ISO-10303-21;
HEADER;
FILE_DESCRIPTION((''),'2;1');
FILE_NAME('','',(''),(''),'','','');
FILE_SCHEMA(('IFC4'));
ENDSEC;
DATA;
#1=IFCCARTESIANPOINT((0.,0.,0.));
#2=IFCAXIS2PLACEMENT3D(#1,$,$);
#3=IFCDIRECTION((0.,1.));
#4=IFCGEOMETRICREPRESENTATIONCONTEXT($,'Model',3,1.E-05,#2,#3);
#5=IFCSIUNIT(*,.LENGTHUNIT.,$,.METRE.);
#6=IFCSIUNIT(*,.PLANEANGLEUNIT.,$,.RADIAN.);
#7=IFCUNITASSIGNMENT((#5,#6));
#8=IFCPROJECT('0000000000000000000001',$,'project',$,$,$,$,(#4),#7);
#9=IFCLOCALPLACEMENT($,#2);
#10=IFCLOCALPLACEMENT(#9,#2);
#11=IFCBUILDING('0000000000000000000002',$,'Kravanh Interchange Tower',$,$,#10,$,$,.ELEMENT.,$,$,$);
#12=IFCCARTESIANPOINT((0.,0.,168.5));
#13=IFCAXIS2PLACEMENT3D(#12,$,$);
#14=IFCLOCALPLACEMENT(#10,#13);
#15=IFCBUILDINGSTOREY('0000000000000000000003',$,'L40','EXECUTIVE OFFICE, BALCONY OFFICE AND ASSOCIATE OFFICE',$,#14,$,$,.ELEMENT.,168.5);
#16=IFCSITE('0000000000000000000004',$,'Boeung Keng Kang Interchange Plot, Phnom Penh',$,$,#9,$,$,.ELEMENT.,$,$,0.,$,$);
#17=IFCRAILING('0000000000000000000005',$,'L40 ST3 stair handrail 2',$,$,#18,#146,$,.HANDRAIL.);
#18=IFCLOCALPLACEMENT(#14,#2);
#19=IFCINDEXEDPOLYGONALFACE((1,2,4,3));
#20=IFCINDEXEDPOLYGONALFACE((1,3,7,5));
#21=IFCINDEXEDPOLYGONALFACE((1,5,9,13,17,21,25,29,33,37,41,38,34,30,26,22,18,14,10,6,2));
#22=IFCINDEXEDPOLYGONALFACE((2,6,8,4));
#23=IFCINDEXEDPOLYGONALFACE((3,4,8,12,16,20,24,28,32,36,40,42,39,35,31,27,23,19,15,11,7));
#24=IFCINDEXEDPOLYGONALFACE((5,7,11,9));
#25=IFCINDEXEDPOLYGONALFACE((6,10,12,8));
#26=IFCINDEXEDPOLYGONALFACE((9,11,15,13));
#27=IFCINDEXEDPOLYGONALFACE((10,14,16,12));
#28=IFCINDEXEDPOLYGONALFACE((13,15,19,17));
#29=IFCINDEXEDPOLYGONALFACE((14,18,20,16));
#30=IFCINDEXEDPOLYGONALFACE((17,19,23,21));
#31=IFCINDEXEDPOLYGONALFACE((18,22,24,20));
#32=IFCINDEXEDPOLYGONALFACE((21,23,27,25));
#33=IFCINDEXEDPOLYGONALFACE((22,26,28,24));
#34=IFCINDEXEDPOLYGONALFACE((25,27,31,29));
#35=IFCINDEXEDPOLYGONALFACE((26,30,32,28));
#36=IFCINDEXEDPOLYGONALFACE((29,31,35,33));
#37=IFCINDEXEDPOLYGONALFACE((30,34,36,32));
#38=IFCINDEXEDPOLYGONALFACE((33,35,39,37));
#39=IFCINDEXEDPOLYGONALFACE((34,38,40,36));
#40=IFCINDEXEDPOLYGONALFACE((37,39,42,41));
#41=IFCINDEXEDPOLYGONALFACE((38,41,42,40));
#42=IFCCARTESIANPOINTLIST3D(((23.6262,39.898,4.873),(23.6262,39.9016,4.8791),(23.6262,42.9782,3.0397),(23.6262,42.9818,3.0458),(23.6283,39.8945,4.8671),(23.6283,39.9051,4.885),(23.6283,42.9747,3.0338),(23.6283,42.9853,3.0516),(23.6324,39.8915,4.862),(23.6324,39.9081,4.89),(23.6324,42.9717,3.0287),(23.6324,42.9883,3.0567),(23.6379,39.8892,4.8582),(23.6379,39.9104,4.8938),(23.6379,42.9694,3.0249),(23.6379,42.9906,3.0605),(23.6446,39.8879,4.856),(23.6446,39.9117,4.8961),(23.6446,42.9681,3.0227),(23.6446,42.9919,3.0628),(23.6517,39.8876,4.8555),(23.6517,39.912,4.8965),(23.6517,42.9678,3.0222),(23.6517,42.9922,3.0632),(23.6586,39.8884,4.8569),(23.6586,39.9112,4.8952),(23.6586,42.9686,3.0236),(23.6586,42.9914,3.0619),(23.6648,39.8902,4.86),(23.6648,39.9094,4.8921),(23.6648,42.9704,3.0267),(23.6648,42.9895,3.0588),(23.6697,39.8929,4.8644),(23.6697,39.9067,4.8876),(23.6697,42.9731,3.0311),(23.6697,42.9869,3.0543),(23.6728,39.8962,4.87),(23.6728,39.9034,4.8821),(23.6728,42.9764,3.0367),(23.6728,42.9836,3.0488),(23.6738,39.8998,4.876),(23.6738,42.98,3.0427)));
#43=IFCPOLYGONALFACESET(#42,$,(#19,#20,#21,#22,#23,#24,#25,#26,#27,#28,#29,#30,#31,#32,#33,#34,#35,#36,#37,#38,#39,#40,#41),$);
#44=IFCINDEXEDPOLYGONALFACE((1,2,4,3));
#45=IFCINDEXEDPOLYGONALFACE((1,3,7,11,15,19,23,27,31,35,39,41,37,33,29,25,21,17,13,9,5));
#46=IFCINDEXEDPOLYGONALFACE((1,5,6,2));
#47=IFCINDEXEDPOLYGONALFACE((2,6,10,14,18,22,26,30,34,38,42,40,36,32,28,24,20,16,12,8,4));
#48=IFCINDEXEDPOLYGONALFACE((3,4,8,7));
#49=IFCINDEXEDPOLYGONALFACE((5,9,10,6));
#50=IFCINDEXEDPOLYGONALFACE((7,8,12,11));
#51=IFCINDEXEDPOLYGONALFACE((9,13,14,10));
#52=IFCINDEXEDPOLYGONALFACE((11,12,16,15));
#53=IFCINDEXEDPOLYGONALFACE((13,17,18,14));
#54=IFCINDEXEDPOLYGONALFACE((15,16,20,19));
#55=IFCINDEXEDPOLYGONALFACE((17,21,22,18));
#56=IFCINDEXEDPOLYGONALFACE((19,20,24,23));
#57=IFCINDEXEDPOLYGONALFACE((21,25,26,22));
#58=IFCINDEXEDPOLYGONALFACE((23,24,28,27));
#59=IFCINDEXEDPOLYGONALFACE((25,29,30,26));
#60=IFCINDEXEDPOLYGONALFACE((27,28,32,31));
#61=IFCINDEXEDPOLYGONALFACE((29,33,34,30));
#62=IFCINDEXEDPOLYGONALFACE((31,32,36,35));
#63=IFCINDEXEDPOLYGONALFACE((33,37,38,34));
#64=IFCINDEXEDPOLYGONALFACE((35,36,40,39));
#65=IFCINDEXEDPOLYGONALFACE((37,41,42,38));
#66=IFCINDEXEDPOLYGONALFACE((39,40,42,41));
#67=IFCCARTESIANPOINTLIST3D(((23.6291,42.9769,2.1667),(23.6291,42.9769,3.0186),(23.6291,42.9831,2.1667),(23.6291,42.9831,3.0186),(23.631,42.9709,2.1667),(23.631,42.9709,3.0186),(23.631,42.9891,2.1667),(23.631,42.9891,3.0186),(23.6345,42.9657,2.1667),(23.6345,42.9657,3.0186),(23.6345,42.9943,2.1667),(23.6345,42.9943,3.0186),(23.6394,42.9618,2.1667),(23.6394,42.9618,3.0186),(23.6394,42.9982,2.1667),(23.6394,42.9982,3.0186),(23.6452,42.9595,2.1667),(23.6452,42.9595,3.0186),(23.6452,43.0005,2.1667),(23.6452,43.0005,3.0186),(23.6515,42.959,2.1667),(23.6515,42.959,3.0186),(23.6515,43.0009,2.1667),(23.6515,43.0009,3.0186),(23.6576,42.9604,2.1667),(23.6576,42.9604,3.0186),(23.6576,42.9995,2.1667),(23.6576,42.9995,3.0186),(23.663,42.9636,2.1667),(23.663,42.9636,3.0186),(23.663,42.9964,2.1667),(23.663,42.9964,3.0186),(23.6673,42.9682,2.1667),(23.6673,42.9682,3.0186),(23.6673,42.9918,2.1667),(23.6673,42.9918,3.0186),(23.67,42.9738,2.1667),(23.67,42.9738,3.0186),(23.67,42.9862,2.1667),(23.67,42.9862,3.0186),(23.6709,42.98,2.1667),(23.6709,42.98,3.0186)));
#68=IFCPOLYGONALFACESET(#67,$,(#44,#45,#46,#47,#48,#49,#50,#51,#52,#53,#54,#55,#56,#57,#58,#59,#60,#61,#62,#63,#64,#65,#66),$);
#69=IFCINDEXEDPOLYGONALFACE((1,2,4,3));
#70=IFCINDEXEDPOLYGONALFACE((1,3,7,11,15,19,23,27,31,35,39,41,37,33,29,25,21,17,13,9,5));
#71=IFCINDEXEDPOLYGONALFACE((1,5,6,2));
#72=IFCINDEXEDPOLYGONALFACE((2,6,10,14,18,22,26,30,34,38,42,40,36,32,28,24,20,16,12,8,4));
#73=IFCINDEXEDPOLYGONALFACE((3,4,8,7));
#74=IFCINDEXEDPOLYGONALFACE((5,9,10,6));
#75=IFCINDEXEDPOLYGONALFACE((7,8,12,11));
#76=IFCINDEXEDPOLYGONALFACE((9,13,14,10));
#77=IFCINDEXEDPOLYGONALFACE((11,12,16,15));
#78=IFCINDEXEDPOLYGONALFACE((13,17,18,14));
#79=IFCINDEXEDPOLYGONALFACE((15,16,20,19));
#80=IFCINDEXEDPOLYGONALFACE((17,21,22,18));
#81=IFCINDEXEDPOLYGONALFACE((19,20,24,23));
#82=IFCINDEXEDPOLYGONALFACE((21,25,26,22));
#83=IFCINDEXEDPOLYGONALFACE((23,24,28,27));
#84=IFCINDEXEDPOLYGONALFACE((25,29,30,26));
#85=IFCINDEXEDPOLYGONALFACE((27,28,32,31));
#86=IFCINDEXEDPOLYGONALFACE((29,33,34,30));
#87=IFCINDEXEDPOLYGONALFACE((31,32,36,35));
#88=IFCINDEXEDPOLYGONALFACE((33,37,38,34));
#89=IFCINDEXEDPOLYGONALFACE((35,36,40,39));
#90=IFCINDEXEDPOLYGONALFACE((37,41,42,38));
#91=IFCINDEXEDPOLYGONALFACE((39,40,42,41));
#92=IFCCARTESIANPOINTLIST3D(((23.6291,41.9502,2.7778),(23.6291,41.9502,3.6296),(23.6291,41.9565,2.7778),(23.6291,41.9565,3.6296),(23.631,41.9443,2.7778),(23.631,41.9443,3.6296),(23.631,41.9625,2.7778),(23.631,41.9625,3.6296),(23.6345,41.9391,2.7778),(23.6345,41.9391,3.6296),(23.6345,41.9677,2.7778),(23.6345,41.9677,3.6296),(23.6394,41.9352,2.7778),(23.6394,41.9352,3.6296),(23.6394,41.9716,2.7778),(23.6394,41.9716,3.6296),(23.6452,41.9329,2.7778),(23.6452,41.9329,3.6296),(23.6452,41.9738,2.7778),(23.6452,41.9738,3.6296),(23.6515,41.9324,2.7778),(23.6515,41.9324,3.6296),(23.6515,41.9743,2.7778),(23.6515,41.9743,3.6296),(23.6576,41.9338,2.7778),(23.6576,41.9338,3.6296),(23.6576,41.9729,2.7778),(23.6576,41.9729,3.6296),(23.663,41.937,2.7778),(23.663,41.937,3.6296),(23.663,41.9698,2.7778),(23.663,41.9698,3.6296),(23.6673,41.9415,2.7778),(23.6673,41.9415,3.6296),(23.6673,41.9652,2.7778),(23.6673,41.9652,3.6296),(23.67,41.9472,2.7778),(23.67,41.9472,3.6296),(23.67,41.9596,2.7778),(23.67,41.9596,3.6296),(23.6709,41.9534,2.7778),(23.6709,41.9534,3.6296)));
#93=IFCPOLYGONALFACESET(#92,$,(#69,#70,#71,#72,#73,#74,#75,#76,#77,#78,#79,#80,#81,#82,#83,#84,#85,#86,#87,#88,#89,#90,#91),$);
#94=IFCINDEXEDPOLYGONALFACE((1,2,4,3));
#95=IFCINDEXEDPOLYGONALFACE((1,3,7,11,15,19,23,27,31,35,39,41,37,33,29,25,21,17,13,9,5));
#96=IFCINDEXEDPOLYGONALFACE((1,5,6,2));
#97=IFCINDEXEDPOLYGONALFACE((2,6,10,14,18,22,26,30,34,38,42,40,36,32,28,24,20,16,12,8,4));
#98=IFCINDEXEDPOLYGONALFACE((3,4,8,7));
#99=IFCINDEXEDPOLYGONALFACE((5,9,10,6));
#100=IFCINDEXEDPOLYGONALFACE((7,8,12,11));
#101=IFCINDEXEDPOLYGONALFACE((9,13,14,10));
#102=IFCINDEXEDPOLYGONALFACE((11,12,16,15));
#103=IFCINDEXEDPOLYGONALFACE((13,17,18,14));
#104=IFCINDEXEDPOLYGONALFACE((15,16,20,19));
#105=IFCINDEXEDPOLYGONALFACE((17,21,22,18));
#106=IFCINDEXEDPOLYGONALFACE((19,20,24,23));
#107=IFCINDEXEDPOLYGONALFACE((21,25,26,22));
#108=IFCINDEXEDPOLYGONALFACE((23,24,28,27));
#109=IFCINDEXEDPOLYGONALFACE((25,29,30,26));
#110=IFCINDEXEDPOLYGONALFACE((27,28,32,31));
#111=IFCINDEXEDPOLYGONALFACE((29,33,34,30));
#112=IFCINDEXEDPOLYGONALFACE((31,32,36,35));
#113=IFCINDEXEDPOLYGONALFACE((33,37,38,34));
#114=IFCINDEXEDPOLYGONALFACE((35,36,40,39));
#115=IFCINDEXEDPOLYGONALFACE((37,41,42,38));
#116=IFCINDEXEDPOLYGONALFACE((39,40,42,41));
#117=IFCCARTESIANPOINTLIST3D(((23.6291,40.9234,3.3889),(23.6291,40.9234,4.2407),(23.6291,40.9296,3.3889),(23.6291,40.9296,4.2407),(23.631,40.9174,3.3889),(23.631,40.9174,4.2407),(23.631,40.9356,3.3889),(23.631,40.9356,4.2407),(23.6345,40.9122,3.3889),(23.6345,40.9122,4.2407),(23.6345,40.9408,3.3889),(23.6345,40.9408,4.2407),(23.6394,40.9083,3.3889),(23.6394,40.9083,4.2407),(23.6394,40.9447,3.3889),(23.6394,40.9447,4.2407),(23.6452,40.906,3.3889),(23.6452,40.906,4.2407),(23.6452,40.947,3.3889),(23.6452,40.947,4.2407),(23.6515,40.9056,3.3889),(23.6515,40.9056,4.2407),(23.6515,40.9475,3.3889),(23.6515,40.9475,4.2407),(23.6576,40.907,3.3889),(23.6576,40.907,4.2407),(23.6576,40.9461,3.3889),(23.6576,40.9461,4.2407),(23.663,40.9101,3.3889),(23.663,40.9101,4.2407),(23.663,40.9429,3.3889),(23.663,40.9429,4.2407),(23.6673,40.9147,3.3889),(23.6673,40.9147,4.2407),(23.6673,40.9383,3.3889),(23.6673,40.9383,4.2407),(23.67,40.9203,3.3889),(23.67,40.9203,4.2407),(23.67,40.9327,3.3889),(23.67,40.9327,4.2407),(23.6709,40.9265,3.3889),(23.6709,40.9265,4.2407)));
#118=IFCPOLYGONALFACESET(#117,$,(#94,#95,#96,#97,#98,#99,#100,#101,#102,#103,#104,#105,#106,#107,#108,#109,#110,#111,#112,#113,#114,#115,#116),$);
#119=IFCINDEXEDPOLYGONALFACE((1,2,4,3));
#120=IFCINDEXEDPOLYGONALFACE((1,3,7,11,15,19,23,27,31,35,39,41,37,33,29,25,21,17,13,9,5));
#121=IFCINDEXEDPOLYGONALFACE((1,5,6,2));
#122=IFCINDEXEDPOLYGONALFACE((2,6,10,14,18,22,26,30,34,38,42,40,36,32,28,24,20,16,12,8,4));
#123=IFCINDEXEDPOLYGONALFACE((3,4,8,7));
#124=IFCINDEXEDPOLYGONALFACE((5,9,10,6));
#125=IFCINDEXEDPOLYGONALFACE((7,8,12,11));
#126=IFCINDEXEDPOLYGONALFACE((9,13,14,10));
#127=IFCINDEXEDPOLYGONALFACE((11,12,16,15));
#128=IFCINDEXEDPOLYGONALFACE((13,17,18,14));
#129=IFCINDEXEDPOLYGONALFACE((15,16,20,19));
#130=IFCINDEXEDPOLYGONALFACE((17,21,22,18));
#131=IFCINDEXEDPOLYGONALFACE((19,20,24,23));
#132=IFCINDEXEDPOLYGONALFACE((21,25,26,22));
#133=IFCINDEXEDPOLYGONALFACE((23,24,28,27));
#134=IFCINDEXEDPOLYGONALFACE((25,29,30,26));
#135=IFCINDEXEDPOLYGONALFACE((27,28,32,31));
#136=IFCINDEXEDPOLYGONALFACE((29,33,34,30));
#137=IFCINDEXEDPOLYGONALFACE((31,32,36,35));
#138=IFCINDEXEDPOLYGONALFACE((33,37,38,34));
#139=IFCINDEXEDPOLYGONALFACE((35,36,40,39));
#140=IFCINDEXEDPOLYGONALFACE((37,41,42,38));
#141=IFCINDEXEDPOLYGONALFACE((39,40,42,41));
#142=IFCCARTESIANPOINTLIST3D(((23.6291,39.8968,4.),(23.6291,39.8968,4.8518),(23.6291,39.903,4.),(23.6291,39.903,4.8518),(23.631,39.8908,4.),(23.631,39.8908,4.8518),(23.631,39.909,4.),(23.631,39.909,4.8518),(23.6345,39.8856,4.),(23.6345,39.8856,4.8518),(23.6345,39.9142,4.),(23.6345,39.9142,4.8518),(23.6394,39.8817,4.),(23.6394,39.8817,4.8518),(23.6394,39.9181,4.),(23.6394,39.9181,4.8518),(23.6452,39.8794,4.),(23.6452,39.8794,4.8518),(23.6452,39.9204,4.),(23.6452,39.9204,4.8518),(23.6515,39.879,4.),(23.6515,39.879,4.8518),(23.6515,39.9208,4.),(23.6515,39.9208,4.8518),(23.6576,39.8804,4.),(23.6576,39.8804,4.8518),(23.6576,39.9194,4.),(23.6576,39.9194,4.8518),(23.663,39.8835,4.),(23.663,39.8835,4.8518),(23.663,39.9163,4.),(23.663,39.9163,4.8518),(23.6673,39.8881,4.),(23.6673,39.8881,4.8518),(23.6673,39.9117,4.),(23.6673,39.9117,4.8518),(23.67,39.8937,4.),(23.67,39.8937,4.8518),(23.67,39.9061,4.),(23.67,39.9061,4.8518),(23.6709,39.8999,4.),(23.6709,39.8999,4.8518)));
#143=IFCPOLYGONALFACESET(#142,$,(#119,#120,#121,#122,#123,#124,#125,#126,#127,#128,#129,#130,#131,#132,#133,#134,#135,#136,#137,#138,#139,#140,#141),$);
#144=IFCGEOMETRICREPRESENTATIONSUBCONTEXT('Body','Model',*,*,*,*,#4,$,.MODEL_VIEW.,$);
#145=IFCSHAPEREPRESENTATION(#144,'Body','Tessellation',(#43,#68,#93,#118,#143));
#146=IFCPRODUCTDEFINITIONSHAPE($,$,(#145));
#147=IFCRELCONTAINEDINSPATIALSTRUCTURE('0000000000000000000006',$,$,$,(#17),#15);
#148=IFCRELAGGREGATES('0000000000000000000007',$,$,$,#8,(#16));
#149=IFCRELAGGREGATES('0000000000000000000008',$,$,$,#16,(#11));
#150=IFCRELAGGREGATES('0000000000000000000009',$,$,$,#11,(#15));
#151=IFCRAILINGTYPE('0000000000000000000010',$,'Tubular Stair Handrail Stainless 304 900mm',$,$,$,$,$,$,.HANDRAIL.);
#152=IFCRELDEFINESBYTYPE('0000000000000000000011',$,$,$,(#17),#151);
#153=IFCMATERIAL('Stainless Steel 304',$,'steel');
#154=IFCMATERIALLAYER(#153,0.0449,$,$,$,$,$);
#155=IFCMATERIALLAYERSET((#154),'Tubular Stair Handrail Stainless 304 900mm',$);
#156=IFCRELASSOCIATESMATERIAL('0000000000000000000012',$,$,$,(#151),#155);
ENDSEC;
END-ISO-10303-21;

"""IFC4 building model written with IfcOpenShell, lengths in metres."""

from ifc_helpers import new_model, si_unit, direction, frame, origin, origin_2d, place, context, subcontext, project, spatial, circle, extrude, material, layer, layer_set, type_object, element, save


model = new_model("IFC4")

# Units and contexts
model_context = context("Model", 3, precision=1e-05, world=origin(), true_north=direction((0.0, 1.0)))
body_context = subcontext(model_context, "Body", "Model", "MODEL_VIEW")
ifc_project = project(units=[si_unit("LENGTHUNIT", "METRE"), si_unit("PLANEANGLEUNIT", "RADIAN")], contexts=[model_context])

# Site, building, storey
site_placement = place(None, origin())
site = spatial("IfcSite", under=ifc_project, at=site_placement, Name="Boeung Keng Kang Interchange Plot, Phnom Penh", CompositionType="ELEMENT", RefElevation=0.0)
building_placement = place(site_placement, origin())
building = spatial("IfcBuilding", under=site, at=building_placement, Name="Kravanh Interchange Tower", CompositionType="ELEMENT")
storey_placement = place(building_placement, frame((0.0, 0.0, 168.5)))
storey = spatial("IfcBuildingStorey", under=building, at=storey_placement, Name="L40", Description="EXECUTIVE OFFICE, BALCONY OFFICE AND ASSOCIATE OFFICE", CompositionType="ELEMENT", Elevation=168.5)

# Railing
ifc_material_1 = material(Name="Stainless Steel 304", Category="steel")
ifc_layer_1 = layer(ifc_material_1, 0.0449)
ifc_layer_set_1 = layer_set([ifc_layer_1], Name="Tubular Stair Handrail Stainless 304 900mm")
railing_type_1 = type_object("IfcRailingType", Name="Tubular Stair Handrail Stainless 304 900mm", PredefinedType="HANDRAIL", material=ifc_layer_set_1)
railing_1_placement = place(storey_placement, frame((23.6499, 42.98, 2.1667)))
element("IfcRailing", 1, at=railing_1_placement, inside=storey, type_object=railing_type_1, Name="L40 ST3 stair handrail 2", PredefinedType="HANDRAIL", context=body_context, shape_type="SweptSolid", body=[
    extrude(circle(Radius=0.0239, at=origin_2d()), frame((0.0, 0.0, 0.876), z_axis=(0.0, -0.859309, 0.511458), x_axis=(1.0, 0.0, 0.0)), (0.0, 0.0, 1.0), 3.5845),
    extrude(circle(Radius=0.021, at=origin_2d()), origin(), (0.0, 0.0, 1.0), 0.8518),
    extrude(circle(Radius=0.021, at=origin_2d()), frame((0.0, -1.0266, 0.6111)), (0.0, 0.0, 1.0), 0.8518),
    extrude(circle(Radius=0.021, at=origin_2d()), frame((0.0, -2.0535, 1.2222)), (0.0, 0.0, 1.0), 0.8518),
    extrude(circle(Radius=0.021, at=origin_2d()), frame((0.0, -3.0801, 1.8333)), (0.0, 0.0, 1.0), 0.8518),
])

save(model, "model.ifc")
